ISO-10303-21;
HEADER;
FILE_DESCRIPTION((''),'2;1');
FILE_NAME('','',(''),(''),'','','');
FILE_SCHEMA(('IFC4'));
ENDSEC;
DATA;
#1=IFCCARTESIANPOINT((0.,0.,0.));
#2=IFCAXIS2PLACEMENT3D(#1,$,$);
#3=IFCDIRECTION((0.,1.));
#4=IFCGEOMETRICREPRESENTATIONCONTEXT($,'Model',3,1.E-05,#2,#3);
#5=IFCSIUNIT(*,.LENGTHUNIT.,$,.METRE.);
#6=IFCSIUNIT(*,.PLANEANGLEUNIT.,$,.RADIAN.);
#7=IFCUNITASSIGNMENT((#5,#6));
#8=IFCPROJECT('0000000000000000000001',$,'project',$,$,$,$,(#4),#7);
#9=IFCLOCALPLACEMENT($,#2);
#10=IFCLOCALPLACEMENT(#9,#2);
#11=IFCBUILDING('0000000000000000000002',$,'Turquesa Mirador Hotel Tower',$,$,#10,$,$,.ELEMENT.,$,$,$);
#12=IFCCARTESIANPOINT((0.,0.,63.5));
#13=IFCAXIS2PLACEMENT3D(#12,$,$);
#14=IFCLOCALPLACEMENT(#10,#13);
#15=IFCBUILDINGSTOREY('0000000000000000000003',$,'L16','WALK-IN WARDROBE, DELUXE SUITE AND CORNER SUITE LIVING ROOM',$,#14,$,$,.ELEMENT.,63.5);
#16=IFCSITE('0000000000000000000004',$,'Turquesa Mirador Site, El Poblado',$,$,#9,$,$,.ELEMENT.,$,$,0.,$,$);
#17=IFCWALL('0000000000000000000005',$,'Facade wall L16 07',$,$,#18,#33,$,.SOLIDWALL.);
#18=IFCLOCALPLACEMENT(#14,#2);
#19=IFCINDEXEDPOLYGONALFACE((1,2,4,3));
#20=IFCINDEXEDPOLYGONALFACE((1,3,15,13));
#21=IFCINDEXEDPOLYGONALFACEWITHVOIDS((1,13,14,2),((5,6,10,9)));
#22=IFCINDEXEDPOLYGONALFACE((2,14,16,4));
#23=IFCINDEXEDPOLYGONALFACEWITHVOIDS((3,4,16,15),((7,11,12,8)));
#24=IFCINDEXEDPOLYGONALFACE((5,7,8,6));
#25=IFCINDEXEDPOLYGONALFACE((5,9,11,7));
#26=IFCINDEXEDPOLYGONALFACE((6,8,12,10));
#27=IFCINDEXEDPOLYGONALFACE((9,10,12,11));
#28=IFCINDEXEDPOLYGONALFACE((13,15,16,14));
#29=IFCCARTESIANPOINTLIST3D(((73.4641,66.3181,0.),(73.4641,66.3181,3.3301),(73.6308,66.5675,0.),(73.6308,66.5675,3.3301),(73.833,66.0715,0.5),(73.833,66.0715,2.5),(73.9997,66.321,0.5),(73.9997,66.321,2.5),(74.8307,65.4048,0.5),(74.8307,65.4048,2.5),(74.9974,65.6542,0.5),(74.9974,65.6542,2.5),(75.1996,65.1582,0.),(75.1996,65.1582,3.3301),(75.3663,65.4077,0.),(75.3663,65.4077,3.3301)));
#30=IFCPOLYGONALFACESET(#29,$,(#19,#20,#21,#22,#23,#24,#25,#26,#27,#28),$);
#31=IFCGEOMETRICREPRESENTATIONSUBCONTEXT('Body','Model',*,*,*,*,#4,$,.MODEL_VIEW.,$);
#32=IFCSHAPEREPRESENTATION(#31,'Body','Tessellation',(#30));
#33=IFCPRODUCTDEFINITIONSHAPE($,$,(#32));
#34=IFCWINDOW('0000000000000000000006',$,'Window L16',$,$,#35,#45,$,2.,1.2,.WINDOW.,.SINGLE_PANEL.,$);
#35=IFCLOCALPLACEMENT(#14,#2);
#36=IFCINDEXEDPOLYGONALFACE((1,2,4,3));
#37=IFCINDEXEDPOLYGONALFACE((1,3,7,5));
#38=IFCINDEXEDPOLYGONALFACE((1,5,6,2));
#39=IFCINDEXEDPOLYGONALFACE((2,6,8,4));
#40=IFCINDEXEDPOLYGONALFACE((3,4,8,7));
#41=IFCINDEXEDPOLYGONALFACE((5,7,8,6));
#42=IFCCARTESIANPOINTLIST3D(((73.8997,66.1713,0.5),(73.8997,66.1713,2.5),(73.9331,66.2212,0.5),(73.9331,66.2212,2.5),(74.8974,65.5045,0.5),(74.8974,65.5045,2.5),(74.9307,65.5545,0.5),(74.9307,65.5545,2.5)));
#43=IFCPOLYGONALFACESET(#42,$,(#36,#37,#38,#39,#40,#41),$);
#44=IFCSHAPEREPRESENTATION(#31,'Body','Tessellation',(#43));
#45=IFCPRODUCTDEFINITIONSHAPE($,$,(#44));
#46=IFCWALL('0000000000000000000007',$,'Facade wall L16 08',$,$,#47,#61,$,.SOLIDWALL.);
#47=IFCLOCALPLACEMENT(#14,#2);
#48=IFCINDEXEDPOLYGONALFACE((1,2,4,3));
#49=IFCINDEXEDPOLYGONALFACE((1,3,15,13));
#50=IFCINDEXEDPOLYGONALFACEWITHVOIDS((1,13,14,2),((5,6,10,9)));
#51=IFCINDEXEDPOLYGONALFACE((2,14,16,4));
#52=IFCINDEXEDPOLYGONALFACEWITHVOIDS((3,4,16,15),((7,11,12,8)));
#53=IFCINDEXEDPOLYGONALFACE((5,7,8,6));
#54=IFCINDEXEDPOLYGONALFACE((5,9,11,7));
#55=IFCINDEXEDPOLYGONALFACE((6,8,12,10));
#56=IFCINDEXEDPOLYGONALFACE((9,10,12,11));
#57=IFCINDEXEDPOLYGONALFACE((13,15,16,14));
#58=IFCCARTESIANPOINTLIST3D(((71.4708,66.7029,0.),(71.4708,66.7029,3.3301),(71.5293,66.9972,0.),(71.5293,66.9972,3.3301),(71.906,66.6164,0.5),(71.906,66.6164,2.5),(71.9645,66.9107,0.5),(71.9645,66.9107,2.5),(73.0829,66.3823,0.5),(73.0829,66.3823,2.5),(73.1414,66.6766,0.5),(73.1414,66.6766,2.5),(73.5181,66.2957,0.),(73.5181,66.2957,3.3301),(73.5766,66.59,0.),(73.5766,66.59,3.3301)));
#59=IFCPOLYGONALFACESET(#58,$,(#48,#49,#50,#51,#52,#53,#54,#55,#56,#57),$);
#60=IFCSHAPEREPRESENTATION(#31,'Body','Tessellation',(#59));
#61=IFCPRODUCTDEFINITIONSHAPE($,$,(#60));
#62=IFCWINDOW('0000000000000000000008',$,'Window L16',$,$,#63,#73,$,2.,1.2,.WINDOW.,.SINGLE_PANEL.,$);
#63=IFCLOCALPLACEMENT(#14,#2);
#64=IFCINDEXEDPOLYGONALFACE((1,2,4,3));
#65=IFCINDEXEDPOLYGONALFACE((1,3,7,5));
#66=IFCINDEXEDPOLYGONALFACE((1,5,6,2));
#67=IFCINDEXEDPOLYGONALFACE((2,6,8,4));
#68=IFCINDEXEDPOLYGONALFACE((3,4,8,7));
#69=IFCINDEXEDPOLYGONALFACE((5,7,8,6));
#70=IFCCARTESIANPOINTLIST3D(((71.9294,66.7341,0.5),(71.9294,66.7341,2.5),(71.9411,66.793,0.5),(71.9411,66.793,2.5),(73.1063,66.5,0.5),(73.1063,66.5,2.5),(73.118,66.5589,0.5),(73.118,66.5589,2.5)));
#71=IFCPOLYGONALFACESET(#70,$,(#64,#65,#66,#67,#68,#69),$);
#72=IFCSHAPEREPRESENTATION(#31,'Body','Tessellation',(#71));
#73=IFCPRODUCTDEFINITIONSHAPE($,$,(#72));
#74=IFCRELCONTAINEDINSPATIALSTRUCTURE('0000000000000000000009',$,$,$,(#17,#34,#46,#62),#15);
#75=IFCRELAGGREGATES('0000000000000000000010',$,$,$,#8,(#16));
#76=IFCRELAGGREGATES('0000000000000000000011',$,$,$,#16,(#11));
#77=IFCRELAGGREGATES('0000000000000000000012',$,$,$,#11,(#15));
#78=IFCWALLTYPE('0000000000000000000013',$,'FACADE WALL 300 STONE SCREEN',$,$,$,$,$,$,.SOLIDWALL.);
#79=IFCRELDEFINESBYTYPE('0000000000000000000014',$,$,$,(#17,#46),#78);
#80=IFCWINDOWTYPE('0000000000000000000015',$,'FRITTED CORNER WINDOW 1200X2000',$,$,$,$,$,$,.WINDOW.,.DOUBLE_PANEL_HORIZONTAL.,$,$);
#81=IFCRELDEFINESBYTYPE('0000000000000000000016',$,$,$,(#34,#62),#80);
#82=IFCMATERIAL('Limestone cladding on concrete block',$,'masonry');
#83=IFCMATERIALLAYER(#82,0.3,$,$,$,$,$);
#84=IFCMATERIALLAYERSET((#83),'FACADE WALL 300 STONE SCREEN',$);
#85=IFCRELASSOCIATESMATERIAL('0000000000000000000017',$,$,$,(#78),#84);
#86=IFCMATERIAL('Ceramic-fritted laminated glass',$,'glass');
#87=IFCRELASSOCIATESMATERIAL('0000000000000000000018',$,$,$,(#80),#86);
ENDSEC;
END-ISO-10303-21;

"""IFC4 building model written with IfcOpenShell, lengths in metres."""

from ifc_helpers import new_model, si_unit, direction, frame, frame_2d, origin, place, context, subcontext, project, spatial, rectangle, extrude, material, layer, layer_set, type_object, element, fill, save


model = new_model("IFC4")

# Units and contexts
model_context = context("Model", 3, precision=1e-05, world=origin(), true_north=direction((0.0, 1.0)))
body_context = subcontext(model_context, "Body", "Model", "MODEL_VIEW")
ifc_project = project(units=[si_unit("LENGTHUNIT", "METRE"), si_unit("PLANEANGLEUNIT", "RADIAN")], contexts=[model_context])

# Site, building, storey
site_placement = place(None, origin())
site = spatial("IfcSite", under=ifc_project, at=site_placement, Name="Turquesa Mirador Site, El Poblado", CompositionType="ELEMENT", RefElevation=0.0)
building_placement = place(site_placement, origin())
building = spatial("IfcBuilding", under=site, at=building_placement, Name="Turquesa Mirador Hotel Tower", CompositionType="ELEMENT")
storey_placement = place(building_placement, frame((0.0, 0.0, 63.5)))
storey = spatial("IfcBuildingStorey", under=building, at=storey_placement, Name="L16", Description="WALK-IN WARDROBE, DELUXE SUITE AND CORNER SUITE LIVING ROOM", CompositionType="ELEMENT", Elevation=63.5)

# Walls, openings, windows
ifc_material_1 = material(Name="Limestone cladding on concrete block", Category="masonry")
ifc_layer = layer(ifc_material_1, 0.3)
ifc_layer_set = layer_set([ifc_layer], Name="FACADE WALL 300 STONE SCREEN")
wall_type = type_object("IfcWallType", Name="FACADE WALL 300 STONE SCREEN", PredefinedType="SOLIDWALL", material=ifc_layer_set)
ifc_material_2 = material(Name="Ceramic-fritted laminated glass", Category="glass")
window_type = type_object("IfcWindowType", Name="FRITTED CORNER WINDOW 1200X2000", PartitioningType="DOUBLE_PANEL_HORIZONTAL", PredefinedType="WINDOW", material=ifc_material_2)
wall_1_placement = place(storey_placement, frame((75.283, 65.283, 0.0), z_axis=(0.0, 0.0, 1.0), x_axis=(-0.83142, 0.555644, 0.0)))
wall_1 = element("IfcWall", 1, at=wall_1_placement, inside=storey, type_object=wall_type, Name="Facade wall L16 07", PredefinedType="SOLIDWALL", context=body_context, shape_type="SweptSolid", body=[
    extrude(rectangle(XDim=2.0874, YDim=0.3, at=frame_2d((1.0437, 0.0))), origin(), (0.0, 0.0, 1.0), 3.3301),
])
opening_1_placement = place(wall_1_placement, frame((0.4436, 0.0, 0.5)))
opening_1 = element("IfcOpeningElement", 2, at=opening_1_placement, cuts=wall_1, PredefinedType="OPENING", context=body_context, shape_type="SweptSolid", body=[
    extrude(rectangle(XDim=1.2, YDim=2.0, at=frame_2d((0.6001, 1.0))), frame((0.0, 0.1599, 0.0), z_axis=(0.0, -1.0, 0.0), x_axis=(1.0, 0.0, 0.0)), (0.0, 0.0, 1.0), 0.3201),
])
window_1_placement = place(opening_1_placement, origin())
window_1 = element("IfcWindow", 3, at=window_1_placement, inside=storey, type_object=window_type, Name="Window L16", OverallHeight=2.0, OverallWidth=1.2, PartitioningType="SINGLE_PANEL", PredefinedType="WINDOW", context=body_context, shape_type="SweptSolid", body=[
    extrude(rectangle(XDim=1.2, YDim=2.0, at=frame_2d((0.6001, 1.0))), frame((0.0, 0.03, 0.0), z_axis=(0.0, -1.0, 0.0), x_axis=(1.0, 0.0, 0.0)), (0.0, 0.0, 1.0), 0.0601),
])
fill(opening_1, window_1)
wall_2_placement = place(storey_placement, frame((73.5474, 66.4429, 0.0), z_axis=(0.0, 0.0, 1.0), x_axis=(-0.980787, 0.195081, 0.0)))
wall_2 = element("IfcWall", 4, at=wall_2_placement, inside=storey, type_object=wall_type, Name="Facade wall L16 08", PredefinedType="SOLIDWALL", context=body_context, shape_type="SweptSolid", body=[
    extrude(rectangle(XDim=2.0874, YDim=0.3, at=frame_2d((1.0437, 0.0))), origin(), (0.0, 0.0, 1.0), 3.3301),
])
opening_2_placement = place(wall_2_placement, frame((0.4436, 0.0, 0.5)))
opening_2 = element("IfcOpeningElement", 5, at=opening_2_placement, cuts=wall_2, PredefinedType="OPENING", context=body_context, shape_type="SweptSolid", body=[
    extrude(rectangle(XDim=1.2, YDim=2.0, at=frame_2d((0.6001, 1.0))), frame((0.0, 0.1599, 0.0), z_axis=(0.0, -1.0, 0.0), x_axis=(1.0, 0.0, 0.0)), (0.0, 0.0, 1.0), 0.3201),
])
window_2_placement = place(opening_2_placement, origin())
window_2 = element("IfcWindow", 6, at=window_2_placement, inside=storey, type_object=window_type, Name="Window L16", OverallHeight=2.0, OverallWidth=1.2, PartitioningType="SINGLE_PANEL", PredefinedType="WINDOW", context=body_context, shape_type="SweptSolid", body=[
    extrude(rectangle(XDim=1.2, YDim=2.0, at=frame_2d((0.6001, 1.0))), frame((0.0, 0.03, 0.0), z_axis=(0.0, -1.0, 0.0), x_axis=(1.0, 0.0, 0.0)), (0.0, 0.0, 1.0), 0.0601),
])
fill(opening_2, window_2)

save(model, "model.ifc")
